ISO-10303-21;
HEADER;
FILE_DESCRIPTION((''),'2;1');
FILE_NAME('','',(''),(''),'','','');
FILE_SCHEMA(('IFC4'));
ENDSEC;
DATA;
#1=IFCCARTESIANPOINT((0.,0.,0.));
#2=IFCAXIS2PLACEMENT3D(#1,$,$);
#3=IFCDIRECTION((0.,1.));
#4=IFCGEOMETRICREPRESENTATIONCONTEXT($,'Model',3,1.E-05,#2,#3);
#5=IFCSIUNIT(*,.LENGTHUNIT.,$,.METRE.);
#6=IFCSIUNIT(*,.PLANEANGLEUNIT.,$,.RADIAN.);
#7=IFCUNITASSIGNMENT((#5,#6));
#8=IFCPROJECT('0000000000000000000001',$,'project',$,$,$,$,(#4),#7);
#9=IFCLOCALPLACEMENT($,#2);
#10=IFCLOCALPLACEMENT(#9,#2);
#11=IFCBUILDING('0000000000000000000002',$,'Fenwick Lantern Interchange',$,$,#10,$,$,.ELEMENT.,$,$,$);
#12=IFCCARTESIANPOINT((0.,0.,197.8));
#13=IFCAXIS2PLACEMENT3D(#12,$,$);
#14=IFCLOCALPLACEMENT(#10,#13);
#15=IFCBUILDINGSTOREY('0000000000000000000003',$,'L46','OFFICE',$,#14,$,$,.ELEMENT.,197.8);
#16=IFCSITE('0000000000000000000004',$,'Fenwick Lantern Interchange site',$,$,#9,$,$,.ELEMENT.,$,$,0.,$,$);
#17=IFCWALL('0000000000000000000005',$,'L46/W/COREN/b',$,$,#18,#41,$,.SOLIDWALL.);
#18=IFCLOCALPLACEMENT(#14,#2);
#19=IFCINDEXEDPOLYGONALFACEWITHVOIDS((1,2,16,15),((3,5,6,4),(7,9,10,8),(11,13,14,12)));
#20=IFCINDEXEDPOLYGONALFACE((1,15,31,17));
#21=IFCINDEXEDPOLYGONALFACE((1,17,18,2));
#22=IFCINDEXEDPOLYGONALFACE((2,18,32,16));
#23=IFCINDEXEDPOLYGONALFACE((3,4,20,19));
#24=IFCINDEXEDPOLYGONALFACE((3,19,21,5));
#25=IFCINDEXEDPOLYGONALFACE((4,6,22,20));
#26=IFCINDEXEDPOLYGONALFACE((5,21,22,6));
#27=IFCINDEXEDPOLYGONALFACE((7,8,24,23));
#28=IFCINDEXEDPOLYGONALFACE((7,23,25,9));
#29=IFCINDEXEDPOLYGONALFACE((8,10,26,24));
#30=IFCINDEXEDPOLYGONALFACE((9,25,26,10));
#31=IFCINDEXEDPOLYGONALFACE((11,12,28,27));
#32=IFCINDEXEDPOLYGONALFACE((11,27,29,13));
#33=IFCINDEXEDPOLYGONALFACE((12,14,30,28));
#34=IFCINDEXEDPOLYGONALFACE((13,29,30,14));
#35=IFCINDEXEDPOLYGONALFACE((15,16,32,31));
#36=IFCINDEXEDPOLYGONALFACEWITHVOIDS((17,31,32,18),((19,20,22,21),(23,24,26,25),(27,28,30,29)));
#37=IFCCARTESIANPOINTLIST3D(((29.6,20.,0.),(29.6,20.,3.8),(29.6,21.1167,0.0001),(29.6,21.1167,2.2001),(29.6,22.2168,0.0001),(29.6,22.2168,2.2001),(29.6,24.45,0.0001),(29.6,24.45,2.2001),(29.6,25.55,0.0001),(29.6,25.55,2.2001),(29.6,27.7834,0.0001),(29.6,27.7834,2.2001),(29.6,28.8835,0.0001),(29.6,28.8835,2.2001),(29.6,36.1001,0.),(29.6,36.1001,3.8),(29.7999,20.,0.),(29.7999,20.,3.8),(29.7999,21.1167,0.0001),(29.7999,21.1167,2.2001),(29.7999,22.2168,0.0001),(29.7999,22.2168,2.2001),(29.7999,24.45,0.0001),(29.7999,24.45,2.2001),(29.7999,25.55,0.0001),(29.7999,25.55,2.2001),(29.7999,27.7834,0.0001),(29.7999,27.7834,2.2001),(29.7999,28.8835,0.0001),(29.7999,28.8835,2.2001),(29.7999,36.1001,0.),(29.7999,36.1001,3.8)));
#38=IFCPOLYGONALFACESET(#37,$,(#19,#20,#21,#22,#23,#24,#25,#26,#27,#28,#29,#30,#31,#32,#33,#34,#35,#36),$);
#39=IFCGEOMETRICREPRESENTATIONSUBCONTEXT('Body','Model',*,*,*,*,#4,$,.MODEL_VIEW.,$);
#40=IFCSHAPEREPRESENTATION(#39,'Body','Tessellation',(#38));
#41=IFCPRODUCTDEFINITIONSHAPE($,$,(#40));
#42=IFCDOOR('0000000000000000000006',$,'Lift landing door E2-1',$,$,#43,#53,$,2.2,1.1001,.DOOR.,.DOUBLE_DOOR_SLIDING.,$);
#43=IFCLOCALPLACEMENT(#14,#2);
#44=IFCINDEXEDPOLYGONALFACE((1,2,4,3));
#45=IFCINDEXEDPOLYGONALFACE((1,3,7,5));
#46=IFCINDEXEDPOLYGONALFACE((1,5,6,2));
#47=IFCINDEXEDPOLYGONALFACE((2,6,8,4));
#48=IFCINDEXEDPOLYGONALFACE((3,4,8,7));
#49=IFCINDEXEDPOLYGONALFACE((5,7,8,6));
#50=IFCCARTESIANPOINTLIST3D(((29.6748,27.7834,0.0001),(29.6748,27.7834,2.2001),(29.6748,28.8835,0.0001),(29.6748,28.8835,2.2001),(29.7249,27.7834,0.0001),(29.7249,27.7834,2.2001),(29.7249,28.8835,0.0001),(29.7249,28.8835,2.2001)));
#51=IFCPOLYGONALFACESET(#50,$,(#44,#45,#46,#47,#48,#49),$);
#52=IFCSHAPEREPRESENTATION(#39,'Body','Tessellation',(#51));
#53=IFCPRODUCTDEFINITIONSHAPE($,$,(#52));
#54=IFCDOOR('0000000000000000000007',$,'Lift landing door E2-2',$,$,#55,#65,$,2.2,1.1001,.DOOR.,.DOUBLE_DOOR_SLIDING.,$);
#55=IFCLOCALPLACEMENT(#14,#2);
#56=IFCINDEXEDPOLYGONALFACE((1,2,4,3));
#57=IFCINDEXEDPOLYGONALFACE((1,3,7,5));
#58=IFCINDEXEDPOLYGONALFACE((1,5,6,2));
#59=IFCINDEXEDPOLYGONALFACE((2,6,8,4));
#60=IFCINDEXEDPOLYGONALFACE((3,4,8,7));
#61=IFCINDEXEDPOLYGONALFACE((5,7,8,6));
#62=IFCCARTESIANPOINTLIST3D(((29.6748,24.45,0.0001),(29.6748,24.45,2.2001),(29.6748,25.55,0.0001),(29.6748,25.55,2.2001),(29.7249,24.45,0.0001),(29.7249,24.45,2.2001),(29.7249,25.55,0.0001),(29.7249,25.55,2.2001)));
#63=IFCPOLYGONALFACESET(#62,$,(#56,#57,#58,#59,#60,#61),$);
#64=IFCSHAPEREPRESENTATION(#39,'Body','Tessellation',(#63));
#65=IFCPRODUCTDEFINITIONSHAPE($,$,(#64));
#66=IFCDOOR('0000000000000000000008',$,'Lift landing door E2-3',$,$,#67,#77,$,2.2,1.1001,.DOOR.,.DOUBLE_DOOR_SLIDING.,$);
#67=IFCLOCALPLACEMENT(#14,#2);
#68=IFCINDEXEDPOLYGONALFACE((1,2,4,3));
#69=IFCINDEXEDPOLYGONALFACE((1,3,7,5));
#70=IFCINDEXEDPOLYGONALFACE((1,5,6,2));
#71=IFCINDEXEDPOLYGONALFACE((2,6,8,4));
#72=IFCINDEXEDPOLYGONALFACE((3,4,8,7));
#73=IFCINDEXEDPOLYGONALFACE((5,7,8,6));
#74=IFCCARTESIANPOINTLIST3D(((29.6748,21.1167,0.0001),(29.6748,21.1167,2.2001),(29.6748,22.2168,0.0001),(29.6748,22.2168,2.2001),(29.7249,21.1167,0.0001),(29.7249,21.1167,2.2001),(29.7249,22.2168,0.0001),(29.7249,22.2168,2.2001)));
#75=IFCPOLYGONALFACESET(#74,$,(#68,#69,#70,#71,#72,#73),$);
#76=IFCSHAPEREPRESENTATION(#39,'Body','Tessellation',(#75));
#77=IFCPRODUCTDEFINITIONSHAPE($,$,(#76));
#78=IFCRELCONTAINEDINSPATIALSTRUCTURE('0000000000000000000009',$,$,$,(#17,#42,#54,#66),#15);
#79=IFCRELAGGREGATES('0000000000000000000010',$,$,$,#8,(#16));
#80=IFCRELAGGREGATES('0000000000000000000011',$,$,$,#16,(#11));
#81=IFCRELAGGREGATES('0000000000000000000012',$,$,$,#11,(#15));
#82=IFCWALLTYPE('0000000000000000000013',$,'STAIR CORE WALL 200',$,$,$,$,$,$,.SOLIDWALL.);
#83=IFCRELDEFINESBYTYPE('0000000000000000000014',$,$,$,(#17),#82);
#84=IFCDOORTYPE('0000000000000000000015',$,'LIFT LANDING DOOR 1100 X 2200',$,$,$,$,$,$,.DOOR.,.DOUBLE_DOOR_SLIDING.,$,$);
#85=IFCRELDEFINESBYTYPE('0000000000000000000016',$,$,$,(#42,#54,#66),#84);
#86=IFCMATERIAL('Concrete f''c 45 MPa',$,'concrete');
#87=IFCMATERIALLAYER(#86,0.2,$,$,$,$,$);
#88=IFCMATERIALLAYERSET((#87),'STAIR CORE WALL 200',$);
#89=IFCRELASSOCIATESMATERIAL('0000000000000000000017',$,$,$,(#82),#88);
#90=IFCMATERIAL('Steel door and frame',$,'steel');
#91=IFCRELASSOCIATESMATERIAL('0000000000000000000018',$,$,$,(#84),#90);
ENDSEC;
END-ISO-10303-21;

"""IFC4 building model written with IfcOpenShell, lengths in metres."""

from ifc_helpers import new_model, si_unit, direction, frame, frame_2d, origin, place, context, subcontext, project, spatial, rectangle, extrude, material, layer, layer_set, type_object, element, fill, save


model = new_model("IFC4")

# Units and contexts
model_context = context("Model", 3, precision=1e-05, world=origin(), true_north=direction((0.0, 1.0)))
body_context = subcontext(model_context, "Body", "Model", "MODEL_VIEW")
ifc_project = project(units=[si_unit("LENGTHUNIT", "METRE"), si_unit("PLANEANGLEUNIT", "RADIAN")], contexts=[model_context])

# Site, building, storey
site_placement = place(None, origin())
site = spatial("IfcSite", under=ifc_project, at=site_placement, Name="Fenwick Lantern Interchange site", CompositionType="ELEMENT", RefElevation=0.0)
building_placement = place(site_placement, origin())
building = spatial("IfcBuilding", under=site, at=building_placement, Name="Fenwick Lantern Interchange", CompositionType="ELEMENT")
storey_placement = place(building_placement, frame((0.0, 0.0, 197.8)))
storey = spatial("IfcBuildingStorey", under=building, at=storey_placement, Name="L46", Description="OFFICE", CompositionType="ELEMENT", Elevation=197.8)

# Shared definitions
ifc_material_1 = material(Name="Steel door and frame", Category="steel")

# Wall, openings, doors
ifc_material_2 = material(Name="Concrete f'c 45 MPa", Category="concrete")
ifc_layer_1 = layer(ifc_material_2, 0.2)
ifc_layer_set_1 = layer_set([ifc_layer_1], Name="STAIR CORE WALL 200")
wall_type_1 = type_object("IfcWallType", Name="STAIR CORE WALL 200", PredefinedType="SOLIDWALL", material=ifc_layer_set_1)
wall_1_placement = place(storey_placement, frame((29.7, 36.1001, 0.0), z_axis=(0.0, 0.0, 1.0), x_axis=(0.0, -1.0, 0.0)))
wall_1 = element("IfcWall", 1, at=wall_1_placement, inside=storey, type_object=wall_type_1, Name="L46/W/COREN/b", PredefinedType="SOLIDWALL", context=body_context, shape_type="SweptSolid", body=[
    extrude(rectangle(XDim=16.1001, YDim=0.2, at=frame_2d((8.05, 0.0))), origin(), (0.0, 0.0, 1.0), 3.8),
])
opening_1_placement = place(wall_1_placement, frame((7.2166, 0.0, 0.0)))
opening_1 = element("IfcOpeningElement", 2, at=opening_1_placement, cuts=wall_1, PredefinedType="OPENING", context=body_context, shape_type="SweptSolid", body=[
    extrude(rectangle(XDim=1.1001, YDim=2.2, at=frame_2d((0.55, 1.1001))), frame((0.0, 0.1099, 0.0), z_axis=(0.0, -1.0, 0.0), x_axis=(1.0, 0.0, 0.0)), (0.0, 0.0, 1.0), 0.22),
])
opening_2_placement = place(wall_1_placement, frame((10.55, 0.0, 0.0)))
opening_2 = element("IfcOpeningElement", 3, at=opening_2_placement, cuts=wall_1, PredefinedType="OPENING", context=body_context, shape_type="SweptSolid", body=[
    extrude(rectangle(XDim=1.1001, YDim=2.2, at=frame_2d((0.55, 1.1001))), frame((0.0, 0.1099, 0.0), z_axis=(0.0, -1.0, 0.0), x_axis=(1.0, 0.0, 0.0)), (0.0, 0.0, 1.0), 0.22),
])
opening_3_placement = place(wall_1_placement, frame((13.8833, 0.0, 0.0)))
opening_3 = element("IfcOpeningElement", 4, at=opening_3_placement, cuts=wall_1, PredefinedType="OPENING", context=body_context, shape_type="SweptSolid", body=[
    extrude(rectangle(XDim=1.1001, YDim=2.2, at=frame_2d((0.55, 1.1001))), frame((0.0, 0.1099, 0.0), z_axis=(0.0, -1.0, 0.0), x_axis=(1.0, 0.0, 0.0)), (0.0, 0.0, 1.0), 0.22),
])
door_type_1 = type_object("IfcDoorType", Name="LIFT LANDING DOOR 1100 X 2200", OperationType="DOUBLE_DOOR_SLIDING", PredefinedType="DOOR", material=ifc_material_1)
door_1_placement = place(opening_1_placement, origin())
door_1 = element("IfcDoor", 5, at=door_1_placement, inside=storey, type_object=door_type_1, Name="Lift landing door E2-1", OperationType="DOUBLE_DOOR_SLIDING", OverallHeight=2.2, OverallWidth=1.1001, PredefinedType="DOOR", context=body_context, shape_type="SweptSolid", body=[
    extrude(rectangle(XDim=1.1001, YDim=2.2, at=frame_2d((0.55, 1.1001))), frame((0.0, 0.0249, 0.0), z_axis=(0.0, -1.0, 0.0), x_axis=(1.0, 0.0, 0.0)), (0.0, 0.0, 1.0), 0.05),
])
fill(opening_1, door_1)
door_2_placement = place(opening_2_placement, origin())
door_2 = element("IfcDoor", 6, at=door_2_placement, inside=storey, type_object=door_type_1, Name="Lift landing door E2-2", OperationType="DOUBLE_DOOR_SLIDING", OverallHeight=2.2, OverallWidth=1.1001, PredefinedType="DOOR", context=body_context, shape_type="SweptSolid", body=[
    extrude(rectangle(XDim=1.1001, YDim=2.2, at=frame_2d((0.55, 1.1001))), frame((0.0, 0.0249, 0.0), z_axis=(0.0, -1.0, 0.0), x_axis=(1.0, 0.0, 0.0)), (0.0, 0.0, 1.0), 0.05),
])
fill(opening_2, door_2)
door_3_placement = place(opening_3_placement, origin())
door_3 = element("IfcDoor", 7, at=door_3_placement, inside=storey, type_object=door_type_1, Name="Lift landing door E2-3", OperationType="DOUBLE_DOOR_SLIDING", OverallHeight=2.2, OverallWidth=1.1001, PredefinedType="DOOR", context=body_context, shape_type="SweptSolid", body=[
    extrude(rectangle(XDim=1.1001, YDim=2.2, at=frame_2d((0.55, 1.1001))), frame((0.0, 0.0249, 0.0), z_axis=(0.0, -1.0, 0.0), x_axis=(1.0, 0.0, 0.0)), (0.0, 0.0, 1.0), 0.05),
])
fill(opening_3, door_3)

save(model, "model.ifc")
